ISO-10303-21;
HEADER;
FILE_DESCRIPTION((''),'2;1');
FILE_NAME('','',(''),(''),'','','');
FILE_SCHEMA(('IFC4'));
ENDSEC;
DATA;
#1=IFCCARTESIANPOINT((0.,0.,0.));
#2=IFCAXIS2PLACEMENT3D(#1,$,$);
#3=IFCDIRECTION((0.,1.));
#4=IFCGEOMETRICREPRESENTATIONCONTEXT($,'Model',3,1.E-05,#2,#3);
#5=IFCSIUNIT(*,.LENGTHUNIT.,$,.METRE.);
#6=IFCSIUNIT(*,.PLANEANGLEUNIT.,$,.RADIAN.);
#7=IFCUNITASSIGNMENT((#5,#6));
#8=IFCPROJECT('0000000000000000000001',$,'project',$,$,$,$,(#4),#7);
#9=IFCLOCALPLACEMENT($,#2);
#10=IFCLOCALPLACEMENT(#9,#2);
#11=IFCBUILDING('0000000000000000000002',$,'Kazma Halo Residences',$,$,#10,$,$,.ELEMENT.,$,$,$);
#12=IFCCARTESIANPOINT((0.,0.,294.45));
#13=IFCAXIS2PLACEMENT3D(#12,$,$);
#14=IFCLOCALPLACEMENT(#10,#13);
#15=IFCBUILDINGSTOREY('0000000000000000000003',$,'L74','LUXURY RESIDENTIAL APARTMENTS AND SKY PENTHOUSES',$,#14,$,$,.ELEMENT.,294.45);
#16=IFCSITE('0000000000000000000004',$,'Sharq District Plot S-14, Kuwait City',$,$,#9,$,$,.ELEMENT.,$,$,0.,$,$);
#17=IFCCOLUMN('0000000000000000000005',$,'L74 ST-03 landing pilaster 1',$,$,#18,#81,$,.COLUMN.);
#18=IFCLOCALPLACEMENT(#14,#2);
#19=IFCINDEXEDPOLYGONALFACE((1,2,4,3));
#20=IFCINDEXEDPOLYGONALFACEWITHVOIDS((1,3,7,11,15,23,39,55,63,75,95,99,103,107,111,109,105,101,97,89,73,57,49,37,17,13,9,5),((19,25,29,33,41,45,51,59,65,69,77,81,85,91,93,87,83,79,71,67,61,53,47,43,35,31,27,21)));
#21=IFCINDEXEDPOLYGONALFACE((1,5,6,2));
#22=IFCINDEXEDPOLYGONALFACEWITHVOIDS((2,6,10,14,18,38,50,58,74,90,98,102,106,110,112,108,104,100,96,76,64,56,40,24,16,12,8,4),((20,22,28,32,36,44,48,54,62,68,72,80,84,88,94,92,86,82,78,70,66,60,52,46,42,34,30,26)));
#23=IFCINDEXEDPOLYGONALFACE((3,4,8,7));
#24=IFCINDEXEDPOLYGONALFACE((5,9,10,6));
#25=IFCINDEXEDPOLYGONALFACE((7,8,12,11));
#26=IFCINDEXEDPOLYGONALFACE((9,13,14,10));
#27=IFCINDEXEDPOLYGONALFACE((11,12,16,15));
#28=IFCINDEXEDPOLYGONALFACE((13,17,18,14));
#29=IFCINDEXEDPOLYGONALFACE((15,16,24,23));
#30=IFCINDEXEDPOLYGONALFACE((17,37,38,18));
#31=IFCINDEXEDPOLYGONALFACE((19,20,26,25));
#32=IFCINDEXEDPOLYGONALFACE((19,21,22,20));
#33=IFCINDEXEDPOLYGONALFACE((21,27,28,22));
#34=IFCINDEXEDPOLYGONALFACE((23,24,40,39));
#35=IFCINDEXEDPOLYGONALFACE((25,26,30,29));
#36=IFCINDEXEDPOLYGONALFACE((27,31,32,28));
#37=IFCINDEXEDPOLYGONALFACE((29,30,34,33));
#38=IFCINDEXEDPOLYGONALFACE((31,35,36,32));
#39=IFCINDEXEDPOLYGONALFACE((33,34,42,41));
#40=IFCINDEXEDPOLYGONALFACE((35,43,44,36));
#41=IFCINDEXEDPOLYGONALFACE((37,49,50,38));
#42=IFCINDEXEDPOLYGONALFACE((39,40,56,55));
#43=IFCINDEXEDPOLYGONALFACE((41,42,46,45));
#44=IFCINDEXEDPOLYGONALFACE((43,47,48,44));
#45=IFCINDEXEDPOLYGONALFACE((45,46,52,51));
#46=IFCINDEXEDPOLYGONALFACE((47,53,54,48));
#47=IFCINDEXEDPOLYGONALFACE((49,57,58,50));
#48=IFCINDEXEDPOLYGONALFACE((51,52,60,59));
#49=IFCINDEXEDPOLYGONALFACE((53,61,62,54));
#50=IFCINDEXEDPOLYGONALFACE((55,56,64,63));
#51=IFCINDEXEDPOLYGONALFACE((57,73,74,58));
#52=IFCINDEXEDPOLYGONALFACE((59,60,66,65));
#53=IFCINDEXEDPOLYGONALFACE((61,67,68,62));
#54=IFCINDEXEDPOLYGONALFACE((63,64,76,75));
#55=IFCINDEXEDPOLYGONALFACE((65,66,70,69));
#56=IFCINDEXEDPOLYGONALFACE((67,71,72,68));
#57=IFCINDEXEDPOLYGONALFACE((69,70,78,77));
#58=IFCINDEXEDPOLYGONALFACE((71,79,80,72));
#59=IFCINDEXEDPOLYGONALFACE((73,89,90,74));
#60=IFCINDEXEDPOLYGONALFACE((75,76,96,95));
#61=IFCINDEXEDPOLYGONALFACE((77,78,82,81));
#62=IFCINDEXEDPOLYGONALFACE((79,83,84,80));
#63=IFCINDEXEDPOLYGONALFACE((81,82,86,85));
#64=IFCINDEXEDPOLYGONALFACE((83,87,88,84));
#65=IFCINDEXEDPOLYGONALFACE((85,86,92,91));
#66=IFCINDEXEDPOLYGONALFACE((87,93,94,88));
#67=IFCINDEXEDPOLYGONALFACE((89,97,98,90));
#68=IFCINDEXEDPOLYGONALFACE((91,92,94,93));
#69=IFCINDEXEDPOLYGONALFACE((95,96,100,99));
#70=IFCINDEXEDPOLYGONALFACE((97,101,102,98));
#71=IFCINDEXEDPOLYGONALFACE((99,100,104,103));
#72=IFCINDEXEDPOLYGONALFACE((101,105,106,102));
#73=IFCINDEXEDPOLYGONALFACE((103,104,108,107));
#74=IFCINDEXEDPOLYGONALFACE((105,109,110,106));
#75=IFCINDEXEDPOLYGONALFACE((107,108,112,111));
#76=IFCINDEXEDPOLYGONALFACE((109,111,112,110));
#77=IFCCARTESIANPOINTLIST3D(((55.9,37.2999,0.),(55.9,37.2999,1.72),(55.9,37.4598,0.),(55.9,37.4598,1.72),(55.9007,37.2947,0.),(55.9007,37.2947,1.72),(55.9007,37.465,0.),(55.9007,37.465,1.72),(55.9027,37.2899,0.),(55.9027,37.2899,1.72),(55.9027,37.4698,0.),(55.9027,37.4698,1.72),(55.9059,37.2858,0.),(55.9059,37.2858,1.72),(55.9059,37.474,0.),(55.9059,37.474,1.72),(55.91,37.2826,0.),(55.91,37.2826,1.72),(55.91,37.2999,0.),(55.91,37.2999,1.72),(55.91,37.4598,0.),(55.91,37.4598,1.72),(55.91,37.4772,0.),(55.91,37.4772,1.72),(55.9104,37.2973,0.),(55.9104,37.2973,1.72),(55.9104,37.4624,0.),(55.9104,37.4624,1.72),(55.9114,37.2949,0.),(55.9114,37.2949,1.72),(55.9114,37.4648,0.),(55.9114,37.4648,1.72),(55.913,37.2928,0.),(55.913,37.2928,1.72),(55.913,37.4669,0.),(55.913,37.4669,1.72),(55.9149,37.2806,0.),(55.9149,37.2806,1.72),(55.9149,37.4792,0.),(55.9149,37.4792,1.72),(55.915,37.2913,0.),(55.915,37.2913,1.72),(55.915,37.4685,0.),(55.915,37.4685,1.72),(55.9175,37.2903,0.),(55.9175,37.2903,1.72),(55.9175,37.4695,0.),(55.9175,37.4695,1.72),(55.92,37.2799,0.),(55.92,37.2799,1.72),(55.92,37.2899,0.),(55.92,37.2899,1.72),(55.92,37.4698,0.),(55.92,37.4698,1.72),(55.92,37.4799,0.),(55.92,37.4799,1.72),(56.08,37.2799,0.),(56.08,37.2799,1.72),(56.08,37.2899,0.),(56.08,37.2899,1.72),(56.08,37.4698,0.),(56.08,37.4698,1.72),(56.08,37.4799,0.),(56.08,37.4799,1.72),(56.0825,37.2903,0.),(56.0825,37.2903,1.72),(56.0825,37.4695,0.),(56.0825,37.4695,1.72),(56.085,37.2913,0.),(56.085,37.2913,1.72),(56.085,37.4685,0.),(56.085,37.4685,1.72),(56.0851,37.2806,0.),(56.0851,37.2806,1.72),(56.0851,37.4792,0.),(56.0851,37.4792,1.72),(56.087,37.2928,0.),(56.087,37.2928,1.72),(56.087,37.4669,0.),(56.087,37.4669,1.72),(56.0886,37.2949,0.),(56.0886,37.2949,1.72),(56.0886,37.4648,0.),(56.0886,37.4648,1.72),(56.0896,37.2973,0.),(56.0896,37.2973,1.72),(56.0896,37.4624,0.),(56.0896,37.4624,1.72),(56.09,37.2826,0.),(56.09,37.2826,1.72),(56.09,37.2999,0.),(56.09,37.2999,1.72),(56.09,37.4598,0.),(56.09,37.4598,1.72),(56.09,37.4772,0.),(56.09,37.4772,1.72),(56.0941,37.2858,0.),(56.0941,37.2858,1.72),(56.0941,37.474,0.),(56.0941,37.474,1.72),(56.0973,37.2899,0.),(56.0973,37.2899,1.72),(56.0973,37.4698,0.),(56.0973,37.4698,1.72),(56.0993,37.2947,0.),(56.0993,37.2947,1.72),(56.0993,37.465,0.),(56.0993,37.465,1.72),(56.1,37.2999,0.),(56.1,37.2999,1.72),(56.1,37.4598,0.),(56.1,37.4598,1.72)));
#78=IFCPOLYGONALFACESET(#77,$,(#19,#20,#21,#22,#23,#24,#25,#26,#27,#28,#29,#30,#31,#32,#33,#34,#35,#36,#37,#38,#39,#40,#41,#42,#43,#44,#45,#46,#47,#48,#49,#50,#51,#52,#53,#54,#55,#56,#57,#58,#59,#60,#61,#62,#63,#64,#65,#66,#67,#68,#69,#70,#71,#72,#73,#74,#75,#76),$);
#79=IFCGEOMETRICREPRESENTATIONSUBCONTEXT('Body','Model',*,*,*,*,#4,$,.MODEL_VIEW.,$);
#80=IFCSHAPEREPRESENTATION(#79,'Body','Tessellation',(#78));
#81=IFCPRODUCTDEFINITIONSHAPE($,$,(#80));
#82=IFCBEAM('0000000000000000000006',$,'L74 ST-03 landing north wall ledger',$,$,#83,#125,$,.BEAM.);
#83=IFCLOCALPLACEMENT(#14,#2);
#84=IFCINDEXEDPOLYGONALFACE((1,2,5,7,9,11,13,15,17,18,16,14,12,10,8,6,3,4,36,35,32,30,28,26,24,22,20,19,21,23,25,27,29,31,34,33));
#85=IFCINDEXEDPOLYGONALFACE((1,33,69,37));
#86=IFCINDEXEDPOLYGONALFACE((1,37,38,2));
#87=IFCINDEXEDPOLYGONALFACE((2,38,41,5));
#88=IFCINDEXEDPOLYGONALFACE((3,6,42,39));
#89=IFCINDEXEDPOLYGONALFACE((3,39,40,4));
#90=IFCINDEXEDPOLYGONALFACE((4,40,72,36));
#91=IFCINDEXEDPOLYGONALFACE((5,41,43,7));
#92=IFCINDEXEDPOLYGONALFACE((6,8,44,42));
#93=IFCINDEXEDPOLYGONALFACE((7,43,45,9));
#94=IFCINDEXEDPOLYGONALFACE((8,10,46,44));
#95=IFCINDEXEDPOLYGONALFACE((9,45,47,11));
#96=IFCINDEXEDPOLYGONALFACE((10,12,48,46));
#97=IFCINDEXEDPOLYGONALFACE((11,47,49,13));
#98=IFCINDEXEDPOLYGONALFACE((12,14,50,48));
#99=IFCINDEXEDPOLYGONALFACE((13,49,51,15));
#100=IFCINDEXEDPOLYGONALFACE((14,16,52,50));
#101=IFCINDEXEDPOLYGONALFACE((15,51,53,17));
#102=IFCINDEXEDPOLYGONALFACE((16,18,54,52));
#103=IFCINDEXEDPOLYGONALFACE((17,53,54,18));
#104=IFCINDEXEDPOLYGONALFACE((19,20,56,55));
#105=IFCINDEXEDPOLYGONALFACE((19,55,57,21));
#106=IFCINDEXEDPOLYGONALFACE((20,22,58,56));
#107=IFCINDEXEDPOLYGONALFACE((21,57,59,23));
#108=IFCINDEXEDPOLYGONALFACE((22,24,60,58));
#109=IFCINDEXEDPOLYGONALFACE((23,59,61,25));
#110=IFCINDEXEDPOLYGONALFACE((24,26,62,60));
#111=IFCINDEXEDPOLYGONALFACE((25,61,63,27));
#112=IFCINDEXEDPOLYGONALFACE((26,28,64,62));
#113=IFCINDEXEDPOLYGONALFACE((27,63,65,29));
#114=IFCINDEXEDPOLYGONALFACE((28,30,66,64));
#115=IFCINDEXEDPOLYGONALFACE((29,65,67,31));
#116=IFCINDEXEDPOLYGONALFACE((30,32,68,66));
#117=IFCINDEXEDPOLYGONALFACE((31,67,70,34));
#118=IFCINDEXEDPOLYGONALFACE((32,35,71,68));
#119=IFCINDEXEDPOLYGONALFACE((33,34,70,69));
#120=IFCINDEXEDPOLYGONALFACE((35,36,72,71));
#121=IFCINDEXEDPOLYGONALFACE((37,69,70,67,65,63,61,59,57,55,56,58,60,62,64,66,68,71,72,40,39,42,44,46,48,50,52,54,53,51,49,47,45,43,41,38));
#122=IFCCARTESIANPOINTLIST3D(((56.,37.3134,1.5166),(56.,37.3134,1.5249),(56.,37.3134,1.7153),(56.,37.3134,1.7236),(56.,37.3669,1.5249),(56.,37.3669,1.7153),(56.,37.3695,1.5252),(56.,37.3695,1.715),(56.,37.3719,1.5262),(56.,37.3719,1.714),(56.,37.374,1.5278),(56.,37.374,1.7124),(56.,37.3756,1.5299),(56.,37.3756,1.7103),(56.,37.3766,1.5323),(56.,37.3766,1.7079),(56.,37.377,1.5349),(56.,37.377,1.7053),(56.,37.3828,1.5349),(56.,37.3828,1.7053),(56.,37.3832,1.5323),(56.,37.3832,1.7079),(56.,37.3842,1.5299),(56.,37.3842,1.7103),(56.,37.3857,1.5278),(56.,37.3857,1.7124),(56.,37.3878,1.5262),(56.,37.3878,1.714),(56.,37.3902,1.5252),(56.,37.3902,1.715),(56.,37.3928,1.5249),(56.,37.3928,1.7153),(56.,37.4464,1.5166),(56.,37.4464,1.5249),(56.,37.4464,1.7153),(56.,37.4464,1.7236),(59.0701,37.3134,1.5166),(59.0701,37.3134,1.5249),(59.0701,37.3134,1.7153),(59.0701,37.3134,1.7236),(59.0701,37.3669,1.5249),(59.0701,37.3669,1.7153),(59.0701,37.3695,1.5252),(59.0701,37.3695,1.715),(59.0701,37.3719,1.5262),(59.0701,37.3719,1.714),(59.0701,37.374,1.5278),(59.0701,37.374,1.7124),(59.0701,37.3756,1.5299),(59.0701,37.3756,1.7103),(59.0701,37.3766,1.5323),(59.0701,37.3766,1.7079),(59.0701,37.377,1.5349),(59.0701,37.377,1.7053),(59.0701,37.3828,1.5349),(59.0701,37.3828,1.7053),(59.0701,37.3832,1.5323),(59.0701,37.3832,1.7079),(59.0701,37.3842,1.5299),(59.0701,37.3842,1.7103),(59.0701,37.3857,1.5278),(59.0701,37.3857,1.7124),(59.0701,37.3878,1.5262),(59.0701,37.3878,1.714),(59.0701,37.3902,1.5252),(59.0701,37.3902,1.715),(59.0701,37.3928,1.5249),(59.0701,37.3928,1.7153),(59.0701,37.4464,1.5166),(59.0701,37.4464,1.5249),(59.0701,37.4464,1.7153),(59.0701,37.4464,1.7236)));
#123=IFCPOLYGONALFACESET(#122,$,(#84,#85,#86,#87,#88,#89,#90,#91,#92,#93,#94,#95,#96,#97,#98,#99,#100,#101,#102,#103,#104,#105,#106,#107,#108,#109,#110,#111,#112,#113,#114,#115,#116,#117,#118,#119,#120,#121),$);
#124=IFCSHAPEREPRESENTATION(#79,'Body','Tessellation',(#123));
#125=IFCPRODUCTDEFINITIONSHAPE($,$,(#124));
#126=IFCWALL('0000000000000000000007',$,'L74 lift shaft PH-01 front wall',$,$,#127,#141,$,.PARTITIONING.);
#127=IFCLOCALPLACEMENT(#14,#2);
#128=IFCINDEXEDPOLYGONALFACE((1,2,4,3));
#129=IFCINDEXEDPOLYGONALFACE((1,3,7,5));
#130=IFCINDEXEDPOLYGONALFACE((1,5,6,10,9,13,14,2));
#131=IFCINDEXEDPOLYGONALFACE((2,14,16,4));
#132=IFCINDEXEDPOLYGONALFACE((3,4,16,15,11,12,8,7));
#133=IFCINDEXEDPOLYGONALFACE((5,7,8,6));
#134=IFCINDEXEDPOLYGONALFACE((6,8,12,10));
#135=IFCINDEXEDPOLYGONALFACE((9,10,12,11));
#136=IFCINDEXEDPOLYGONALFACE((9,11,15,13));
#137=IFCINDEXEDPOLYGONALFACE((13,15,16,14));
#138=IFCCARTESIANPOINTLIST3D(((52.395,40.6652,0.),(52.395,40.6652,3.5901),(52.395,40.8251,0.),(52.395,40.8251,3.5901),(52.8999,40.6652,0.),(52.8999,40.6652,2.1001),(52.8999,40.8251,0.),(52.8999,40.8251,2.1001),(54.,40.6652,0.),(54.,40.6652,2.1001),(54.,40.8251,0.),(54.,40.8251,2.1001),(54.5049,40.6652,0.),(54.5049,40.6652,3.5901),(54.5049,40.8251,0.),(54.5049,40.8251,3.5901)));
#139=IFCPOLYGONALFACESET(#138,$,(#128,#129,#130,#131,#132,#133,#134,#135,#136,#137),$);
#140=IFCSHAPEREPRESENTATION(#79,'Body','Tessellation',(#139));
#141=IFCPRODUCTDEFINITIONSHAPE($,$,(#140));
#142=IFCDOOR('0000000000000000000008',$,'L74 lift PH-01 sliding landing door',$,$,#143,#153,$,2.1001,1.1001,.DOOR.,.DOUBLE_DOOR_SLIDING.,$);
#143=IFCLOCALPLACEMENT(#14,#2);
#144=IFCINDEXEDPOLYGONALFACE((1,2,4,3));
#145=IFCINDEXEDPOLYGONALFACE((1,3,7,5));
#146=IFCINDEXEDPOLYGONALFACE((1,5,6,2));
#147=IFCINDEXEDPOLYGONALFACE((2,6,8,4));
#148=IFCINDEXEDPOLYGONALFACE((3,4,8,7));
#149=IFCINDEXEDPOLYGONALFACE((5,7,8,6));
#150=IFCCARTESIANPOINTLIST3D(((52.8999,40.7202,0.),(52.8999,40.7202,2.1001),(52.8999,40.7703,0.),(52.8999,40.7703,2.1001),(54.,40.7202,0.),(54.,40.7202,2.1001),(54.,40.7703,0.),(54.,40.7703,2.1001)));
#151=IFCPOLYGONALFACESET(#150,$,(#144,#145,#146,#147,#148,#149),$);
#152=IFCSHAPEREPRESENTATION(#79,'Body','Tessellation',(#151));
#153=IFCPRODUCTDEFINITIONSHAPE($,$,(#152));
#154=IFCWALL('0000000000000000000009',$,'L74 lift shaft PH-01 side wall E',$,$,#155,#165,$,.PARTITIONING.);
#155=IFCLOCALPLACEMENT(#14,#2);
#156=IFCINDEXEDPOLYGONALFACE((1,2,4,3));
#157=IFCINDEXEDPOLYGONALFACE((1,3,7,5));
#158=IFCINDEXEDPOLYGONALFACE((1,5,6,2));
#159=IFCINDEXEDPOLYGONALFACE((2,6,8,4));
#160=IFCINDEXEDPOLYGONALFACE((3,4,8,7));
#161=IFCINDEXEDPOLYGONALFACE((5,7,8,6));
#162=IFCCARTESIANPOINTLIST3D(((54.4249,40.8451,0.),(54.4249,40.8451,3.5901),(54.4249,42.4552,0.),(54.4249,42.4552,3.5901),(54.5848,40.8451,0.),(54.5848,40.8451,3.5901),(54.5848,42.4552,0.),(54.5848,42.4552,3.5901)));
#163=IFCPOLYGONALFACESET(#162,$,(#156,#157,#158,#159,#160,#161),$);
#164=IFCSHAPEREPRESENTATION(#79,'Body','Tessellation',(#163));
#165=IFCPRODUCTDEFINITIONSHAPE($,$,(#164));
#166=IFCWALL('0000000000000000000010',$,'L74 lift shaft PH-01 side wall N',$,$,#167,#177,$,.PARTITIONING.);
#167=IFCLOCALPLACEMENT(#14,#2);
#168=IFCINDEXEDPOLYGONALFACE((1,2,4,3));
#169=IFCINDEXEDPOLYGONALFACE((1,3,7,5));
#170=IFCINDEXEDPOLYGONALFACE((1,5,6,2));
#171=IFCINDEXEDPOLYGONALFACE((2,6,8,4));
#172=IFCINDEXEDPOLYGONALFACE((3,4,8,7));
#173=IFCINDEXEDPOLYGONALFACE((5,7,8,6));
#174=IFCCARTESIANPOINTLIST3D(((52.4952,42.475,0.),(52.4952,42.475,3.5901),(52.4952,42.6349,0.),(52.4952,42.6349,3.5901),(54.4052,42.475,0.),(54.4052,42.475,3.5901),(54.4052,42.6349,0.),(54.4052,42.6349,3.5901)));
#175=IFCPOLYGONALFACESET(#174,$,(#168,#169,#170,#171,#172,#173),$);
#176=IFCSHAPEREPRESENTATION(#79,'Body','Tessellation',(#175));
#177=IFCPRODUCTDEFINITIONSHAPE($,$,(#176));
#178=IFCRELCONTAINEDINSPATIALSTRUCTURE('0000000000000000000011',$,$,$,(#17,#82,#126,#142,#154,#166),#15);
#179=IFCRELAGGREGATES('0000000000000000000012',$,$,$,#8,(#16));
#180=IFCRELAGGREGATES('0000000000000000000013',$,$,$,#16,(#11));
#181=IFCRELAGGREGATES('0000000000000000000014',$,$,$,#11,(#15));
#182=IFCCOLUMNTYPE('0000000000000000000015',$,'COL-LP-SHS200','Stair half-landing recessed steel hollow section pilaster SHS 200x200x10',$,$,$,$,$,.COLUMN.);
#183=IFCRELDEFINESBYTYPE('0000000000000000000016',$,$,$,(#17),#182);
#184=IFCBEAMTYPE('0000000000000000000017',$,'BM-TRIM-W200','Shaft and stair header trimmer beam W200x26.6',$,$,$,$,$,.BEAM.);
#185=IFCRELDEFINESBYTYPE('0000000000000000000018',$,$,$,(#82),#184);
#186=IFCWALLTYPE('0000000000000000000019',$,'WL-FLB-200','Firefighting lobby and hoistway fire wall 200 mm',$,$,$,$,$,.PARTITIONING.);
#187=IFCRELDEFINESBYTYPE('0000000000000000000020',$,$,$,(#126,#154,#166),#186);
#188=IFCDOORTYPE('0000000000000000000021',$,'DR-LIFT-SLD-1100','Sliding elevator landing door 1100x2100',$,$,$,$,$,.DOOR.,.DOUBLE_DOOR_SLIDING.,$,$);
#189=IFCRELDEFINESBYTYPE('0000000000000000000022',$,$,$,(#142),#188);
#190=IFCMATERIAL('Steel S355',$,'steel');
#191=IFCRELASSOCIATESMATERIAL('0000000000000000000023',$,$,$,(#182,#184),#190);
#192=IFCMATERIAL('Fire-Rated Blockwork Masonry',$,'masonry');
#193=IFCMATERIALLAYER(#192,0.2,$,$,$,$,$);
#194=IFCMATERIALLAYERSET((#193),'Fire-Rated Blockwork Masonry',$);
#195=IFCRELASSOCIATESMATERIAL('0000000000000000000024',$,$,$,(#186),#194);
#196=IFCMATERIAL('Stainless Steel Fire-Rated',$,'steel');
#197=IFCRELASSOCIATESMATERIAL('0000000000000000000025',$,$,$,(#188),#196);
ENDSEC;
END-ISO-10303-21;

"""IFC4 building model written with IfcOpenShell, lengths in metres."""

from ifc_helpers import new_model, si_unit, direction, frame, frame_2d, origin, origin_2d, place, context, subcontext, project, spatial, rectangle, hollow_rectangle, i_section, extrude, material, layer, layer_set, material_profile, profile_set, type_object, element, fill, save


model = new_model("IFC4")

# Units and contexts
model_context = context("Model", 3, precision=1e-05, world=origin(), true_north=direction((0.0, 1.0)))
body_context = subcontext(model_context, "Body", "Model", "MODEL_VIEW")
ifc_project = project(units=[si_unit("LENGTHUNIT", "METRE"), si_unit("PLANEANGLEUNIT", "RADIAN")], contexts=[model_context])

# Site, building, storey
site_placement = place(None, origin())
site = spatial("IfcSite", under=ifc_project, at=site_placement, Name="Sharq District Plot S-14, Kuwait City", CompositionType="ELEMENT", RefElevation=0.0)
building_placement = place(site_placement, origin())
building = spatial("IfcBuilding", under=site, at=building_placement, Name="Kazma Halo Residences", CompositionType="ELEMENT")
storey_placement = place(building_placement, frame((0.0, 0.0, 294.45)))
storey = spatial("IfcBuildingStorey", under=building, at=storey_placement, Name="L74", Description="LUXURY RESIDENTIAL APARTMENTS AND SKY PENTHOUSES", CompositionType="ELEMENT", Elevation=294.45)

# Column
ifc_material_1 = material(Name="Steel S355", Category="steel")
ifc_material_profile_1 = material_profile(ifc_material_1, hollow_rectangle(XDim=0.2, YDim=0.2, WallThickness=0.01, InnerFilletRadius=0.01, OuterFilletRadius=0.02, at=origin_2d()), Name="SHS200x200x10")
ifc_profile_set_1 = profile_set([ifc_material_profile_1], Name="Steel S355")
column_type = type_object("IfcColumnType", Name="COL-LP-SHS200", Description="Stair half-landing recessed steel hollow section pilaster SHS 200x200x10", PredefinedType="COLUMN", material=ifc_profile_set_1)
column_placement = place(storey_placement, frame((56.0, 37.3799, 0.0), z_axis=(0.0, 0.0, 1.0), x_axis=(1.0, 0.0, 0.0)))
element("IfcColumn", 1, at=column_placement, inside=storey, type_object=column_type, Name="L74 ST-03 landing pilaster 1", PredefinedType="COLUMN", context=body_context, shape_type="SweptSolid", body=[
    extrude(hollow_rectangle(XDim=0.2, YDim=0.2, WallThickness=0.01, InnerFilletRadius=0.01, OuterFilletRadius=0.02, at=origin_2d()), origin(), (0.0, 0.0, 1.0), 1.72),
])

# Beam
ifc_material_profile_2 = material_profile(ifc_material_1, i_section(OverallWidth=0.1331, OverallDepth=0.207, WebThickness=0.0059, FlangeThickness=0.0083, FilletRadius=0.01, at=origin_2d()), Name="W200x26.6")
ifc_profile_set_2 = profile_set([ifc_material_profile_2], Name="Steel S355")
beam_type = type_object("IfcBeamType", Name="BM-TRIM-W200", Description="Shaft and stair header trimmer beam W200x26.6", PredefinedType="BEAM", material=ifc_profile_set_2)
beam_placement = place(storey_placement, frame((56.0, 37.3799, 1.6201), z_axis=(1.0, 0.0, 0.0), x_axis=(0.0, 1.0, 0.0)))
element("IfcBeam", 2, at=beam_placement, inside=storey, type_object=beam_type, Name="L74 ST-03 landing north wall ledger", PredefinedType="BEAM", context=body_context, shape_type="SweptSolid", body=[
    extrude(i_section(OverallWidth=0.1331, OverallDepth=0.207, WebThickness=0.0059, FlangeThickness=0.0083, FilletRadius=0.01, at=origin_2d()), origin(), (0.0, 0.0, 1.0), 3.0701),
])

# Wall, opening, door
ifc_material_2 = material(Name="Fire-Rated Blockwork Masonry", Category="masonry")
ifc_layer_1 = layer(ifc_material_2, 0.2)
ifc_layer_set_1 = layer_set([ifc_layer_1], Name="Fire-Rated Blockwork Masonry")
wall_type_1 = type_object("IfcWallType", Name="WL-FLB-200", Description="Firefighting lobby and hoistway fire wall 200 mm", PredefinedType="PARTITIONING", material=ifc_layer_set_1)
wall_1_placement = place(storey_placement, frame((54.5049, 40.7451, 0.0), z_axis=(0.0, 0.0, 1.0), x_axis=(-1.0, 0.0, 0.0)))
wall_1 = element("IfcWall", 3, at=wall_1_placement, inside=storey, type_object=wall_type_1, Name="L74 lift shaft PH-01 front wall", PredefinedType="PARTITIONING", context=body_context, shape_type="SweptSolid", body=[
    extrude(rectangle(XDim=2.1099, YDim=0.1599, at=frame_2d((1.0549, 0.0))), origin(), (0.0, 0.0, 1.0), 3.5901),
])
opening_1_placement = place(wall_1_placement, frame((0.5049, 0.0, 0.0)))
opening_1 = element("IfcOpeningElement", 4, at=opening_1_placement, cuts=wall_1, PredefinedType="OPENING", context=body_context, shape_type="SweptSolid", body=[
    extrude(rectangle(XDim=1.1001, YDim=2.1001, at=frame_2d((0.55, 1.05))), frame((0.0, 0.0898, 0.0), z_axis=(0.0, -1.0, 0.0), x_axis=(1.0, 0.0, 0.0)), (0.0, 0.0, 1.0), 0.1799),
])
ifc_material_3 = material(Name="Stainless Steel Fire-Rated", Category="steel")
door_type_1 = type_object("IfcDoorType", Name="DR-LIFT-SLD-1100", Description="Sliding elevator landing door 1100x2100", OperationType="DOUBLE_DOOR_SLIDING", PredefinedType="DOOR", material=ifc_material_3)
door_1_placement = place(opening_1_placement, origin())
door_1 = element("IfcDoor", 5, at=door_1_placement, inside=storey, type_object=door_type_1, Name="L74 lift PH-01 sliding landing door", OperationType="DOUBLE_DOOR_SLIDING", OverallHeight=2.1001, OverallWidth=1.1001, PredefinedType="DOOR", context=body_context, shape_type="SweptSolid", body=[
    extrude(rectangle(XDim=1.1001, YDim=2.1001, at=frame_2d((0.55, 1.05))), frame((0.0, 0.0249, 0.0), z_axis=(0.0, -1.0, 0.0), x_axis=(1.0, 0.0, 0.0)), (0.0, 0.0, 1.0), 0.05),
])
fill(opening_1, door_1)

# Walls
wall_2_placement = place(storey_placement, frame((54.5049, 40.845, 0.0), z_axis=(0.0, 0.0, 1.0), x_axis=(0.0, 1.0, 0.0)))
element("IfcWall", 6, at=wall_2_placement, inside=storey, type_object=wall_type_1, Name="L74 lift shaft PH-01 side wall E", PredefinedType="PARTITIONING", context=body_context, shape_type="SweptSolid", body=[
    extrude(rectangle(XDim=1.6101, YDim=0.1599, at=frame_2d((0.8052, 0.0))), origin(), (0.0, 0.0, 1.0), 3.5901),
])
wall_3_placement = place(storey_placement, frame((52.4951, 42.5549, 0.0), z_axis=(0.0, 0.0, 1.0), x_axis=(1.0, 0.0, 0.0)))
element("IfcWall", 7, at=wall_3_placement, inside=storey, type_object=wall_type_1, Name="L74 lift shaft PH-01 side wall N", PredefinedType="PARTITIONING", context=body_context, shape_type="SweptSolid", body=[
    extrude(rectangle(XDim=1.9099, YDim=0.1599, at=frame_2d((0.9551, 0.0))), origin(), (0.0, 0.0, 1.0), 3.5901),
])

save(model, "model.ifc")
